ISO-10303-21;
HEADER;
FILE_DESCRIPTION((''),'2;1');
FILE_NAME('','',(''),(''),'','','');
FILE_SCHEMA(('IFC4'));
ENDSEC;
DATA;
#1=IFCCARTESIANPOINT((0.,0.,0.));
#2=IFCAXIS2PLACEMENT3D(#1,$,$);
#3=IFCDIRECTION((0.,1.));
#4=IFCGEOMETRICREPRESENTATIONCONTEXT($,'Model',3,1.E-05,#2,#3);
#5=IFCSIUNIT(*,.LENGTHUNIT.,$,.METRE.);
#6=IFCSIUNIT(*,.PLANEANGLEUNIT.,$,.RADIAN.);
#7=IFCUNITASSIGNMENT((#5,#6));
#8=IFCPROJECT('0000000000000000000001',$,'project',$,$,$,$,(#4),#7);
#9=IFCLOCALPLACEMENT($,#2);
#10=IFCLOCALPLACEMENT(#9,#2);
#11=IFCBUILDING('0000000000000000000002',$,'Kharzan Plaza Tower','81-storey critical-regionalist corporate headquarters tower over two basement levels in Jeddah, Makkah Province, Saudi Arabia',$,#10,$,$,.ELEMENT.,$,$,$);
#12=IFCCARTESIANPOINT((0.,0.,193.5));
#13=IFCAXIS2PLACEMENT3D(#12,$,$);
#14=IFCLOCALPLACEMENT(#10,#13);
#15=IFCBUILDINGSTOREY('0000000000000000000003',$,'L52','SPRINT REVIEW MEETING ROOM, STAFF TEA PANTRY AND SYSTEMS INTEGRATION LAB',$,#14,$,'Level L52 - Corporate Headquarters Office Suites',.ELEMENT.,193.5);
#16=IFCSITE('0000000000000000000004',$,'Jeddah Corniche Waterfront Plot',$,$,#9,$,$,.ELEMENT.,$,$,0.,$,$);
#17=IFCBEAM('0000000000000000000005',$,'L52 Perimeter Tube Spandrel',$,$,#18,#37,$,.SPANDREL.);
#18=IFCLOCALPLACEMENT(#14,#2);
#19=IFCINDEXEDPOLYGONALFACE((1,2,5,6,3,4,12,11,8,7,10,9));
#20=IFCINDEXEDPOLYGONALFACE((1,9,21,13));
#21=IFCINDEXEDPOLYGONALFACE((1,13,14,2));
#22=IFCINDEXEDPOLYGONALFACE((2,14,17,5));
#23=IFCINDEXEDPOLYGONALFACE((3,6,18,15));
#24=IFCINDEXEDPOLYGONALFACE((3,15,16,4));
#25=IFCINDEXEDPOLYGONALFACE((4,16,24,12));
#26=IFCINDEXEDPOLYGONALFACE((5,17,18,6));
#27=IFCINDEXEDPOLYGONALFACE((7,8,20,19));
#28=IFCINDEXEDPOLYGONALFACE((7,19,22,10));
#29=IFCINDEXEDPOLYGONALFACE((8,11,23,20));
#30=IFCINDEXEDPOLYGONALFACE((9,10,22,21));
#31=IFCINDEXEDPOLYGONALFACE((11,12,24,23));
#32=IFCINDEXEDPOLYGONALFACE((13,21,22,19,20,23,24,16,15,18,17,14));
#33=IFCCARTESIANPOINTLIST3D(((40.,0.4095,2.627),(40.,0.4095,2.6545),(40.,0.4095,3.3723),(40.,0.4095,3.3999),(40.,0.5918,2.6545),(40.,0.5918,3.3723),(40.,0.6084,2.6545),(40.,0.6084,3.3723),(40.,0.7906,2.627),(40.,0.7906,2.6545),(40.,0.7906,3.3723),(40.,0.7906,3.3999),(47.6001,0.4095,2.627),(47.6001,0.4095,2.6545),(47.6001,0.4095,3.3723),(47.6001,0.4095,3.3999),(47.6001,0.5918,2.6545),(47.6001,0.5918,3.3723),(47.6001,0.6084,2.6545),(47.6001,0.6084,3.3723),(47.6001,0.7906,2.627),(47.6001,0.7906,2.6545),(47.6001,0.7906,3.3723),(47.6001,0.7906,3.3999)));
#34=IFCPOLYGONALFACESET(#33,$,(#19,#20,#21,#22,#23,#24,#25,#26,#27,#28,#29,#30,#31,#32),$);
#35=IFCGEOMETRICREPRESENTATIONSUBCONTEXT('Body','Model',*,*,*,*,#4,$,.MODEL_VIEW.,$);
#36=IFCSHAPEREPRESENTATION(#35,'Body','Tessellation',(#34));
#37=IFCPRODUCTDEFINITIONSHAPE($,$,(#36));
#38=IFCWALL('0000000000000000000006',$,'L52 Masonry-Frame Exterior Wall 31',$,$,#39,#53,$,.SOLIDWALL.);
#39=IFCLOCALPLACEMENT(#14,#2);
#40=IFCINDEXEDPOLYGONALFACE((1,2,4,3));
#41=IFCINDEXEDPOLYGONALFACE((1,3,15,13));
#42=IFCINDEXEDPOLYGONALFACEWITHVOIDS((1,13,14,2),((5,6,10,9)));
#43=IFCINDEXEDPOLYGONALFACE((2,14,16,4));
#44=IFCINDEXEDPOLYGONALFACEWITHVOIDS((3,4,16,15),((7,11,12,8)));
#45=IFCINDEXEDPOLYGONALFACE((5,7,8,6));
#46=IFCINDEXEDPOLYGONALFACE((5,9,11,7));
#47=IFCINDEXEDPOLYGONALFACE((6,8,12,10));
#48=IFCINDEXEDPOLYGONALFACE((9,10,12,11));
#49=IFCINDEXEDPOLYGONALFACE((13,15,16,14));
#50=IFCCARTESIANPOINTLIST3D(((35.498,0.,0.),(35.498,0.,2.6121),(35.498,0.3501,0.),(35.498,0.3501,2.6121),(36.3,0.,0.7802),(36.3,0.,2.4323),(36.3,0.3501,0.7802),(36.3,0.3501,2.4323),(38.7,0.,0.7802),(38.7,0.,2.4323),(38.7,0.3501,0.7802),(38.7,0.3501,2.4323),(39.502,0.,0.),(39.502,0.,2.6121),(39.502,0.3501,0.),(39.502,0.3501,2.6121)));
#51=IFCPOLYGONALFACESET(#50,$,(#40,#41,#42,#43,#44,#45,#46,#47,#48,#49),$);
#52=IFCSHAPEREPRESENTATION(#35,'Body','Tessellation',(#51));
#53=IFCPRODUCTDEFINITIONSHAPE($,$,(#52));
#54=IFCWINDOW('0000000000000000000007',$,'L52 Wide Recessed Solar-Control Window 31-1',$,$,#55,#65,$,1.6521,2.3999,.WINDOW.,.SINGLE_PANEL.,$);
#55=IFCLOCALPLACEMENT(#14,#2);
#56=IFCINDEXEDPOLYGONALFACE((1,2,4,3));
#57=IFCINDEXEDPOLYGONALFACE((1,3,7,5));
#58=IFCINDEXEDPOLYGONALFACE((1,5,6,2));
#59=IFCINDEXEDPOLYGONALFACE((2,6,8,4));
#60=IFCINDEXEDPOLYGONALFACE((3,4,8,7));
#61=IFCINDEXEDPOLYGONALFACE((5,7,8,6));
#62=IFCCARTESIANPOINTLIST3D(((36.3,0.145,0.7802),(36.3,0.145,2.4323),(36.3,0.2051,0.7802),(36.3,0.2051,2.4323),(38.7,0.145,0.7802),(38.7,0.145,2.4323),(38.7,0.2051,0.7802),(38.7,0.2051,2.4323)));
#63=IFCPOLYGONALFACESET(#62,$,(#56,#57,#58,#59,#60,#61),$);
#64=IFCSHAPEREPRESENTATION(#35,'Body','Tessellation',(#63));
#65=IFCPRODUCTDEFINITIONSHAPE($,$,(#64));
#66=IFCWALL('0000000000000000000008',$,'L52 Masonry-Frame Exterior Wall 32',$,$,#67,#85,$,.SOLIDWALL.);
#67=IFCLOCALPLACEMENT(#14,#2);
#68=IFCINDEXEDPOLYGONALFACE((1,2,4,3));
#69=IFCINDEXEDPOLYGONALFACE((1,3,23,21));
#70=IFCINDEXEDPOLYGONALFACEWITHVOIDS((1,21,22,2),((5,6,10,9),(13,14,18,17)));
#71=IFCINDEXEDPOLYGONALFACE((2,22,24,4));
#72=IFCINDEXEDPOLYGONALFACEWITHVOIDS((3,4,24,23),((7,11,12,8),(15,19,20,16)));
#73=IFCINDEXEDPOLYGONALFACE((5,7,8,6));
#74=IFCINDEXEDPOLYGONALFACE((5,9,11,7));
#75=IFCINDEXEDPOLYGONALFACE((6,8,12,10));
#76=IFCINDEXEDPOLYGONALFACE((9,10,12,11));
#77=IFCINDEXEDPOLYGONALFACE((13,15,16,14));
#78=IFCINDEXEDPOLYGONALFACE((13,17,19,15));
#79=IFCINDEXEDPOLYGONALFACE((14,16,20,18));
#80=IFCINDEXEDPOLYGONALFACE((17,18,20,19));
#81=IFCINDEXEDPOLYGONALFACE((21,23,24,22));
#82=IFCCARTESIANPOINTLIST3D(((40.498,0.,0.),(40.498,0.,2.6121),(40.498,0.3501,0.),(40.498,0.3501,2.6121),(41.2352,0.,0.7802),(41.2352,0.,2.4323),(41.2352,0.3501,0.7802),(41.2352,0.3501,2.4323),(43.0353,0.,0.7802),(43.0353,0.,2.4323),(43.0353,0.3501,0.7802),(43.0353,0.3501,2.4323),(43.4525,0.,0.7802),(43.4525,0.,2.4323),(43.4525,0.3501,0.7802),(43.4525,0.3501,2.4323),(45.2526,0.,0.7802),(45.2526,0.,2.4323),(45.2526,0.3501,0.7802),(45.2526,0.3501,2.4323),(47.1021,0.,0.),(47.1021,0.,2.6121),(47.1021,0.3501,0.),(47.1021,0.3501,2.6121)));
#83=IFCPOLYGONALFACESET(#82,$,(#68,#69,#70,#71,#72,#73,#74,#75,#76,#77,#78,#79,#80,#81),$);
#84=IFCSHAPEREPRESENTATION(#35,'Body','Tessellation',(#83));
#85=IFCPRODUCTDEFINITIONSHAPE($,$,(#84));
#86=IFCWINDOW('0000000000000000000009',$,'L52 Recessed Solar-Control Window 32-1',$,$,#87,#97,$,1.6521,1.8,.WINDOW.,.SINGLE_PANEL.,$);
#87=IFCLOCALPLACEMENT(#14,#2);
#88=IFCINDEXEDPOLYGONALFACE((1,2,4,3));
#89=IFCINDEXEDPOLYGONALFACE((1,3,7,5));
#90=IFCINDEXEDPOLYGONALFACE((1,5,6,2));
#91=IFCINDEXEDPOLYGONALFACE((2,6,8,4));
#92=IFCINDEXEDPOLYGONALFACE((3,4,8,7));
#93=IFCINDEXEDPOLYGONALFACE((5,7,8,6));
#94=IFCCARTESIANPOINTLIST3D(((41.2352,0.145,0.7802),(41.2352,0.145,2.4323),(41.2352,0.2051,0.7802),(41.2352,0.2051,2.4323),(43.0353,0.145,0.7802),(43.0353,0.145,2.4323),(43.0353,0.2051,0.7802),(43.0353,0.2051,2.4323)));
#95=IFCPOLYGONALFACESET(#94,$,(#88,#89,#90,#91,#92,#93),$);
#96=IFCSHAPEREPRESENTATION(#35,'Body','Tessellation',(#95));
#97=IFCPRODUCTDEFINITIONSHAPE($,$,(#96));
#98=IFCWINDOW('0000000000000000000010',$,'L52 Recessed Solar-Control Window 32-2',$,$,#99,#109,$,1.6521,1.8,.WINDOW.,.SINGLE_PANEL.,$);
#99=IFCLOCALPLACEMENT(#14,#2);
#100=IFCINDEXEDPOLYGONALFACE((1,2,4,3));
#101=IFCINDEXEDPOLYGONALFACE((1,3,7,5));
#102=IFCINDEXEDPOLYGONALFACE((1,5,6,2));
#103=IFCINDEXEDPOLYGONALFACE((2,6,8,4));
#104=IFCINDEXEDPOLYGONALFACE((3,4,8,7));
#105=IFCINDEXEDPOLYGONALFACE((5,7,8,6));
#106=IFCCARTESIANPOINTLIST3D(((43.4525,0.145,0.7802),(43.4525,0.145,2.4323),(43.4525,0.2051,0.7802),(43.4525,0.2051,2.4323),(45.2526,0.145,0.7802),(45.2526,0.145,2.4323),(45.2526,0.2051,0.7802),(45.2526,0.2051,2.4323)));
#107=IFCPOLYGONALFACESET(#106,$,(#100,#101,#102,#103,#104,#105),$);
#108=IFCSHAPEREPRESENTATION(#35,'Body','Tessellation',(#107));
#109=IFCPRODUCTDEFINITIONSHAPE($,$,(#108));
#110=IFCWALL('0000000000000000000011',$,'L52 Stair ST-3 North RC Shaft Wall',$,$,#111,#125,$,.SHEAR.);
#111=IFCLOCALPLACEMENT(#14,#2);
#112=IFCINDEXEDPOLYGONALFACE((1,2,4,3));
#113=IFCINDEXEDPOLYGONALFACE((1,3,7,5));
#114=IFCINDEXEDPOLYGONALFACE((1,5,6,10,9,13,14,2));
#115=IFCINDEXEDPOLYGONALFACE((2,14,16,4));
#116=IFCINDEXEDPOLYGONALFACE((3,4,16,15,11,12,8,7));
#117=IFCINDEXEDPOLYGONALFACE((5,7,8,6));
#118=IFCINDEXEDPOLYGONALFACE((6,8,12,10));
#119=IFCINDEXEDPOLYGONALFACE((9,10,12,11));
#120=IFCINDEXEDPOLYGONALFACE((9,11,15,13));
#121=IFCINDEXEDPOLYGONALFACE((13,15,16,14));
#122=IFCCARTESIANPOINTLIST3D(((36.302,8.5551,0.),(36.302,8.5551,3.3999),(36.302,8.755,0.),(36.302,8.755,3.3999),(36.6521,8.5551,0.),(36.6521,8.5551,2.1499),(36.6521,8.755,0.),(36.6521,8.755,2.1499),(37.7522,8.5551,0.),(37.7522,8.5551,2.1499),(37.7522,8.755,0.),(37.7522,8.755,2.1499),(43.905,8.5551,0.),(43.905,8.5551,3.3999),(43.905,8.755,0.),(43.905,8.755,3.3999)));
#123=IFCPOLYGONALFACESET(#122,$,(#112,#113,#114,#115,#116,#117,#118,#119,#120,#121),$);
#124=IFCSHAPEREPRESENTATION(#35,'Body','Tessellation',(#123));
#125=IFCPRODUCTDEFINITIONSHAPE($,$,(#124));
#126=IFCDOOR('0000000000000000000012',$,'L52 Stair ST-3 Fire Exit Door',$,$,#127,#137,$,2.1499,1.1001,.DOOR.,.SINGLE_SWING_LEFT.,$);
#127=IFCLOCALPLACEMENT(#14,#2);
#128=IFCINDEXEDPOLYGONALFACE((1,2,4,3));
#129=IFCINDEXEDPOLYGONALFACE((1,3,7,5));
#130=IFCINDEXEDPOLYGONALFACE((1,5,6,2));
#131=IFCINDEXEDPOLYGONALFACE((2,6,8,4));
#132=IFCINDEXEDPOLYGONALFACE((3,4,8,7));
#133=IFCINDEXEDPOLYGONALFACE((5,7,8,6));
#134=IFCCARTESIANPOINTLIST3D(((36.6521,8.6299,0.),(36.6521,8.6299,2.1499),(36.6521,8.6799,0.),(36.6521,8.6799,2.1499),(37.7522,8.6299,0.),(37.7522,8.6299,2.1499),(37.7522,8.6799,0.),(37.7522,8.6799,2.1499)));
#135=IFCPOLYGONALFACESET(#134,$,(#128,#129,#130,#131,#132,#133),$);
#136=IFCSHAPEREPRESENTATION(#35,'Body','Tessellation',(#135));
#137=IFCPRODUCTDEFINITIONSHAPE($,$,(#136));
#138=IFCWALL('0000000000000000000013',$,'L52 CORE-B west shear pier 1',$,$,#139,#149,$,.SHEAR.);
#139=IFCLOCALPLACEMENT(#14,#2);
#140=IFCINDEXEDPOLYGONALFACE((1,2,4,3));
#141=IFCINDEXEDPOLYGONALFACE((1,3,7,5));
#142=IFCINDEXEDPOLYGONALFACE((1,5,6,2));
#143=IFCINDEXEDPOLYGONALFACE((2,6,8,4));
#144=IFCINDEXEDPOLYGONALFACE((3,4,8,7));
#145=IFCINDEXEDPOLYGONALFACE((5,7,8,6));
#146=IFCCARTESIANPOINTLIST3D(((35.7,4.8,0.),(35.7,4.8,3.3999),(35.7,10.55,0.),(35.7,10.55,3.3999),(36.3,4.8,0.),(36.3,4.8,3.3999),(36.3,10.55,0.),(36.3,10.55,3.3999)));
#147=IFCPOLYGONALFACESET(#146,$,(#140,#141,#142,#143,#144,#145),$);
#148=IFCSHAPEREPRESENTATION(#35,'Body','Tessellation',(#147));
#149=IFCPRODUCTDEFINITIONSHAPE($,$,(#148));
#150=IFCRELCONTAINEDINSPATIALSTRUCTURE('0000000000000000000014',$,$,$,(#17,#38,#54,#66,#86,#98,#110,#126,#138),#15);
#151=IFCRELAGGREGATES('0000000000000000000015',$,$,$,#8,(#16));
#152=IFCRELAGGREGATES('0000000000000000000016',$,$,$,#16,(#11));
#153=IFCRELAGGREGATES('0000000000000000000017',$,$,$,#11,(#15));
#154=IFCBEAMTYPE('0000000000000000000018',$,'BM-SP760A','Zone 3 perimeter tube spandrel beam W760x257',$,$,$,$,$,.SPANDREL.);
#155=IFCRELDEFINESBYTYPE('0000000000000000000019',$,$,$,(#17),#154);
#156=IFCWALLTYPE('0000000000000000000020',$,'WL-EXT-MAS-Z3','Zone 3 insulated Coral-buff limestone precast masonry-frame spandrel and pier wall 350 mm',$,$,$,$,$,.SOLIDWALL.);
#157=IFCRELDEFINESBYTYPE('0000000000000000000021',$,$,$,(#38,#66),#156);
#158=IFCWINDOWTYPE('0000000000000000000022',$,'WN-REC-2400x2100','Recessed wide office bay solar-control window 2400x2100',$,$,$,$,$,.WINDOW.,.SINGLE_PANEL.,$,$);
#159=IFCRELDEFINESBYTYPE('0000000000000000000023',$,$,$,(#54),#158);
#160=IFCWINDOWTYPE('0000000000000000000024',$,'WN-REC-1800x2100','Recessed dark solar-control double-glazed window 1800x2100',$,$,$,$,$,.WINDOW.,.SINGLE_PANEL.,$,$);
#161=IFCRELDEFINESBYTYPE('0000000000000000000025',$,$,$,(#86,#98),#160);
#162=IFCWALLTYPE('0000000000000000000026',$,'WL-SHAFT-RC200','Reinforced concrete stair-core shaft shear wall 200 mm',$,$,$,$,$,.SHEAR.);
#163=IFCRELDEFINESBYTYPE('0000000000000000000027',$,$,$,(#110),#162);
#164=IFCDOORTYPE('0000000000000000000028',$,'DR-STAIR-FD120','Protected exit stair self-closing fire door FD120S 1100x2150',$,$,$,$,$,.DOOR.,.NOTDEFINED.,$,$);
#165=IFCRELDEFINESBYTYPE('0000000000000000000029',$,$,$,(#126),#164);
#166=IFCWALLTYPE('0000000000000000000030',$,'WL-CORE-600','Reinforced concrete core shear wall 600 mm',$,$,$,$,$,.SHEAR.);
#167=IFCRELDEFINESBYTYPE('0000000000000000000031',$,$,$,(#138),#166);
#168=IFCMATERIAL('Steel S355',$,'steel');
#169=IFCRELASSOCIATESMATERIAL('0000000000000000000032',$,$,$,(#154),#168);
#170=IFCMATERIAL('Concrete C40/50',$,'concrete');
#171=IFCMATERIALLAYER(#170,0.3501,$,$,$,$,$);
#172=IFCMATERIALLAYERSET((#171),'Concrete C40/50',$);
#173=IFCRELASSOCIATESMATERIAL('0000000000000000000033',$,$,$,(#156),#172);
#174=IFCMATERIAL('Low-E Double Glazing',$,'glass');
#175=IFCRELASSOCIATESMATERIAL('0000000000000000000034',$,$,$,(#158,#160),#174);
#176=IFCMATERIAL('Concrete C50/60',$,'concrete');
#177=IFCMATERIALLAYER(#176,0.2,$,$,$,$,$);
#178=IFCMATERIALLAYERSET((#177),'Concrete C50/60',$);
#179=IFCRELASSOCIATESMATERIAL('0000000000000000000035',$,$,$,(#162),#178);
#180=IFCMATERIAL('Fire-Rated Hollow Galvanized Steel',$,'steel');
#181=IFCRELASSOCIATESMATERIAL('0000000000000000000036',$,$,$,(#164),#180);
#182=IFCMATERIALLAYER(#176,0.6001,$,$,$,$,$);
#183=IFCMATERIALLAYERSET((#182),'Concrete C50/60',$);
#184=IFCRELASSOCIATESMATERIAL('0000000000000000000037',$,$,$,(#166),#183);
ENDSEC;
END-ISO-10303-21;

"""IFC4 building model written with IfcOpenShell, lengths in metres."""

from ifc_helpers import new_model, si_unit, direction, frame, frame_2d, origin, origin_2d, place, context, subcontext, project, spatial, rectangle, i_section, extrude, source, transform, mapped, material, layer, layer_set, material_profile, profile_set, type_object, element, fill, save


model = new_model("IFC4")

# Units and contexts
model_context = context("Model", 3, precision=1e-05, world=origin(), true_north=direction((0.0, 1.0)))
body_context = subcontext(model_context, "Body", "Model", "MODEL_VIEW")
ifc_project = project(units=[si_unit("LENGTHUNIT", "METRE"), si_unit("PLANEANGLEUNIT", "RADIAN")], contexts=[model_context])

# Site, building, storey
site_placement = place(None, origin())
site = spatial("IfcSite", under=ifc_project, at=site_placement, Name="Jeddah Corniche Waterfront Plot", CompositionType="ELEMENT", RefElevation=0.0)
building_placement = place(site_placement, origin())
building = spatial("IfcBuilding", under=site, at=building_placement, Name="Kharzan Plaza Tower", Description="81-storey critical-regionalist corporate headquarters tower over two basement levels in Jeddah, Makkah Province, Saudi Arabia", CompositionType="ELEMENT")
storey_placement = place(building_placement, frame((0.0, 0.0, 193.5)))
storey = spatial("IfcBuildingStorey", under=building, at=storey_placement, Name="L52", Description="SPRINT REVIEW MEETING ROOM, STAFF TEA PANTRY AND SYSTEMS INTEGRATION LAB", LongName="Level L52 - Corporate Headquarters Office Suites", CompositionType="ELEMENT", Elevation=193.5)

# Shared definitions
ifc_material_1 = material(Name="Concrete C50/60", Category="concrete")

# Beam
ifc_material_2 = material(Name="Steel S355", Category="steel")
ifc_material_profile_1 = material_profile(ifc_material_2, i_section(OverallWidth=0.3811, OverallDepth=0.7729, WebThickness=0.0166, FlangeThickness=0.0276, at=origin_2d()), Name="W760x257")
ifc_profile_set_1 = profile_set([ifc_material_profile_1], Name="Steel S355")
beam_type_1 = type_object("IfcBeamType", Name="BM-SP760A", Description="Zone 3 perimeter tube spandrel beam W760x257", PredefinedType="SPANDREL", material=ifc_profile_set_1)
shared_shape_1 = source(origin(), body_context, "Body", "SweptSolid", [
    extrude(i_section(OverallWidth=0.3811, OverallDepth=0.7729, WebThickness=0.0166, FlangeThickness=0.0276, at=origin_2d()), origin(), (0.0, 0.0, 1.0), 7.6001),
])
beam_1_placement = place(storey_placement, frame((40.0, 0.6001, 3.0134), z_axis=(1.0, 0.0, 0.0), x_axis=(0.0, 1.0, 0.0)))
element("IfcBeam", 1, at=beam_1_placement, inside=storey, type_object=beam_type_1, Name="L52 Perimeter Tube Spandrel", PredefinedType="SPANDREL", context=body_context, shape_type="MappedRepresentation", body=[
    mapped(shared_shape_1, transform((0.0, 0.0, 0.0), x_axis=(1.0, 0.0, 0.0), y_axis=(0.0, 1.0, 0.0), z_axis=(0.0, 0.0, 1.0))),
])

# Wall, opening, window
ifc_material_3 = material(Name="Concrete C40/50", Category="concrete")
ifc_layer_1 = layer(ifc_material_3, 0.3501)
ifc_layer_set_1 = layer_set([ifc_layer_1], Name="Concrete C40/50")
wall_type_1 = type_object("IfcWallType", Name="WL-EXT-MAS-Z3", Description="Zone 3 insulated Coral-buff limestone precast masonry-frame spandrel and pier wall 350 mm", PredefinedType="SOLIDWALL", material=ifc_layer_set_1)
wall_1_placement = place(storey_placement, frame((35.498, 0.175, 0.0), z_axis=(0.0, 0.0, 1.0), x_axis=(1.0, 0.0, 0.0)))
wall_1 = element("IfcWall", 2, at=wall_1_placement, inside=storey, type_object=wall_type_1, Name="L52 Masonry-Frame Exterior Wall 31", PredefinedType="SOLIDWALL", context=body_context, shape_type="SweptSolid", body=[
    extrude(rectangle(XDim=4.0039, YDim=0.3501, at=frame_2d((2.002, 0.0))), origin(), (0.0, 0.0, 1.0), 2.6121),
])
opening_1_placement = place(wall_1_placement, frame((0.802, 0.0, 0.78)))
opening_1 = element("IfcOpeningElement", 3, at=opening_1_placement, cuts=wall_1, PredefinedType="OPENING", context=body_context, shape_type="SweptSolid", body=[
    extrude(rectangle(XDim=2.3999, YDim=1.6521, at=frame_2d((1.2, 0.8262))), frame((0.0, 0.1851, 0.0), z_axis=(0.0, -1.0, 0.0), x_axis=(1.0, 0.0, 0.0)), (0.0, 0.0, 1.0), 0.3701),
])
ifc_material_4 = material(Name="Low-E Double Glazing", Category="glass")
window_type_1 = type_object("IfcWindowType", Name="WN-REC-2400x2100", Description="Recessed wide office bay solar-control window 2400x2100", PartitioningType="SINGLE_PANEL", PredefinedType="WINDOW", material=ifc_material_4)
shared_shape_2 = source(origin(), body_context, "Body", "SweptSolid", [
    extrude(rectangle(XDim=2.3999, YDim=1.6521, at=frame_2d((1.2, 0.8262))), frame((0.0, 0.03, 0.0), z_axis=(0.0, -1.0, 0.0), x_axis=(1.0, 0.0, 0.0)), (0.0, 0.0, 1.0), 0.0601),
])
window_1_placement = place(opening_1_placement, origin())
window_1 = element("IfcWindow", 4, at=window_1_placement, inside=storey, type_object=window_type_1, Name="L52 Wide Recessed Solar-Control Window 31-1", OverallHeight=1.6521, OverallWidth=2.3999, PartitioningType="SINGLE_PANEL", PredefinedType="WINDOW", context=body_context, shape_type="MappedRepresentation", body=[
    mapped(shared_shape_2, transform((0.0, 0.0, 0.0), x_axis=(1.0, 0.0, 0.0), y_axis=(0.0, 1.0, 0.0), z_axis=(0.0, 0.0, 1.0))),
])
fill(opening_1, window_1)

# Wall, openings, windows
wall_2_placement = place(storey_placement, frame((40.498, 0.175, 0.0), z_axis=(0.0, 0.0, 1.0), x_axis=(1.0, 0.0, 0.0)))
wall_2 = element("IfcWall", 5, at=wall_2_placement, inside=storey, type_object=wall_type_1, Name="L52 Masonry-Frame Exterior Wall 32", PredefinedType="SOLIDWALL", context=body_context, shape_type="SweptSolid", body=[
    extrude(rectangle(XDim=6.604, YDim=0.3501, at=frame_2d((3.302, 0.0))), origin(), (0.0, 0.0, 1.0), 2.6121),
])
opening_2_placement = place(wall_2_placement, frame((0.7373, 0.0, 0.78)))
opening_2 = element("IfcOpeningElement", 6, at=opening_2_placement, cuts=wall_2, PredefinedType="OPENING", context=body_context, shape_type="SweptSolid", body=[
    extrude(rectangle(XDim=1.8, YDim=1.6521, at=frame_2d((0.8999, 0.8262))), frame((0.0, 0.1851, 0.0), z_axis=(0.0, -1.0, 0.0), x_axis=(1.0, 0.0, 0.0)), (0.0, 0.0, 1.0), 0.3701),
])
opening_3_placement = place(wall_2_placement, frame((2.9546, 0.0, 0.78)))
opening_3 = element("IfcOpeningElement", 7, at=opening_3_placement, cuts=wall_2, PredefinedType="OPENING", context=body_context, shape_type="SweptSolid", body=[
    extrude(rectangle(XDim=1.8, YDim=1.6521, at=frame_2d((0.8999, 0.8262))), frame((0.0, 0.1851, 0.0), z_axis=(0.0, -1.0, 0.0), x_axis=(1.0, 0.0, 0.0)), (0.0, 0.0, 1.0), 0.3701),
])
window_type_2 = type_object("IfcWindowType", Name="WN-REC-1800x2100", Description="Recessed dark solar-control double-glazed window 1800x2100", PartitioningType="SINGLE_PANEL", PredefinedType="WINDOW", material=ifc_material_4)
shared_shape_3 = source(origin(), body_context, "Body", "SweptSolid", [
    extrude(rectangle(XDim=1.8, YDim=1.6521, at=frame_2d((0.8999, 0.8262))), frame((0.0, 0.03, 0.0), z_axis=(0.0, -1.0, 0.0), x_axis=(1.0, 0.0, 0.0)), (0.0, 0.0, 1.0), 0.0601),
])
window_2_placement = place(opening_2_placement, origin())
window_2 = element("IfcWindow", 8, at=window_2_placement, inside=storey, type_object=window_type_2, Name="L52 Recessed Solar-Control Window 32-1", OverallHeight=1.6521, OverallWidth=1.8, PartitioningType="SINGLE_PANEL", PredefinedType="WINDOW", context=body_context, shape_type="MappedRepresentation", body=[
    mapped(shared_shape_3, transform((0.0, 0.0, 0.0), x_axis=(1.0, 0.0, 0.0), y_axis=(0.0, 1.0, 0.0), z_axis=(0.0, 0.0, 1.0))),
])
fill(opening_2, window_2)
window_3_placement = place(opening_3_placement, origin())
window_3 = element("IfcWindow", 9, at=window_3_placement, inside=storey, type_object=window_type_2, Name="L52 Recessed Solar-Control Window 32-2", OverallHeight=1.6521, OverallWidth=1.8, PartitioningType="SINGLE_PANEL", PredefinedType="WINDOW", context=body_context, shape_type="MappedRepresentation", body=[
    mapped(shared_shape_3, transform((0.0, 0.0, 0.0), x_axis=(1.0, 0.0, 0.0), y_axis=(0.0, 1.0, 0.0), z_axis=(0.0, 0.0, 1.0))),
])
fill(opening_3, window_3)

# Wall, opening, door
ifc_layer_2 = layer(ifc_material_1, 0.2)
ifc_layer_set_2 = layer_set([ifc_layer_2], Name="Concrete C50/60")
wall_type_2 = type_object("IfcWallType", Name="WL-SHAFT-RC200", Description="Reinforced concrete stair-core shaft shear wall 200 mm", PredefinedType="SHEAR", material=ifc_layer_set_2)
wall_3_placement = place(storey_placement, frame((36.302, 8.655, 0.0), z_axis=(0.0, 0.0, 1.0), x_axis=(1.0, 0.0, 0.0)))
wall_3 = element("IfcWall", 10, at=wall_3_placement, inside=storey, type_object=wall_type_2, Name="L52 Stair ST-3 North RC Shaft Wall", PredefinedType="SHEAR", context=body_context, shape_type="SweptSolid", body=[
    extrude(rectangle(XDim=7.603, YDim=0.2, at=frame_2d((3.8015, 0.0))), origin(), (0.0, 0.0, 1.0), 3.3999),
])
opening_4_placement = place(wall_3_placement, frame((0.3501, 0.0, 0.0)))
opening_4 = element("IfcOpeningElement", 11, at=opening_4_placement, cuts=wall_3, PredefinedType="OPENING", context=body_context, shape_type="SweptSolid", body=[
    extrude(rectangle(XDim=1.1001, YDim=2.1499, at=frame_2d((0.55, 1.075))), frame((0.0, 0.1099, 0.0), z_axis=(0.0, -1.0, 0.0), x_axis=(1.0, 0.0, 0.0)), (0.0, 0.0, 1.0), 0.22),
])
ifc_material_5 = material(Name="Fire-Rated Hollow Galvanized Steel", Category="steel")
door_type = type_object("IfcDoorType", Name="DR-STAIR-FD120", Description="Protected exit stair self-closing fire door FD120S 1100x2150", OperationType="NOTDEFINED", PredefinedType="DOOR", material=ifc_material_5)
shared_shape_4 = source(origin(), body_context, "Body", "SweptSolid", [
    extrude(rectangle(XDim=1.1001, YDim=2.1499, at=frame_2d((0.55, 1.075))), frame((0.0, 0.0249, 0.0), z_axis=(0.0, -1.0, 0.0), x_axis=(1.0, 0.0, 0.0)), (0.0, 0.0, 1.0), 0.05),
])
door_placement = place(opening_4_placement, origin())
door = element("IfcDoor", 12, at=door_placement, inside=storey, type_object=door_type, Name="L52 Stair ST-3 Fire Exit Door", OperationType="SINGLE_SWING_LEFT", OverallHeight=2.1499, OverallWidth=1.1001, PredefinedType="DOOR", context=body_context, shape_type="MappedRepresentation", body=[
    mapped(shared_shape_4, transform((0.0, 0.0, 0.0), x_axis=(1.0, 0.0, 0.0), y_axis=(0.0, 1.0, 0.0), z_axis=(0.0, 0.0, 1.0))),
])
fill(opening_4, door)

# Wall
ifc_layer_3 = layer(ifc_material_1, 0.6001)
ifc_layer_set_3 = layer_set([ifc_layer_3], Name="Concrete C50/60")
wall_type_3 = type_object("IfcWallType", Name="WL-CORE-600", Description="Reinforced concrete core shear wall 600 mm", PredefinedType="SHEAR", material=ifc_layer_set_3)
shared_shape_5 = source(origin(), body_context, "Body", "SweptSolid", [
    extrude(rectangle(XDim=5.75, YDim=0.6001, at=frame_2d((2.875, 0.0))), origin(), (0.0, 0.0, 1.0), 3.3999),
])
wall_4_placement = place(storey_placement, frame((36.0, 4.8, 0.0), z_axis=(0.0, 0.0, 1.0), x_axis=(0.0, 1.0, 0.0)))
element("IfcWall", 13, at=wall_4_placement, inside=storey, type_object=wall_type_3, Name="L52 CORE-B west shear pier 1", PredefinedType="SHEAR", context=body_context, shape_type="MappedRepresentation", body=[
    mapped(shared_shape_5, transform((0.0, 0.0, 0.0), x_axis=(1.0, 0.0, 0.0), y_axis=(0.0, 1.0, 0.0), z_axis=(0.0, 0.0, 1.0))),
])

save(model, "model.ifc")
